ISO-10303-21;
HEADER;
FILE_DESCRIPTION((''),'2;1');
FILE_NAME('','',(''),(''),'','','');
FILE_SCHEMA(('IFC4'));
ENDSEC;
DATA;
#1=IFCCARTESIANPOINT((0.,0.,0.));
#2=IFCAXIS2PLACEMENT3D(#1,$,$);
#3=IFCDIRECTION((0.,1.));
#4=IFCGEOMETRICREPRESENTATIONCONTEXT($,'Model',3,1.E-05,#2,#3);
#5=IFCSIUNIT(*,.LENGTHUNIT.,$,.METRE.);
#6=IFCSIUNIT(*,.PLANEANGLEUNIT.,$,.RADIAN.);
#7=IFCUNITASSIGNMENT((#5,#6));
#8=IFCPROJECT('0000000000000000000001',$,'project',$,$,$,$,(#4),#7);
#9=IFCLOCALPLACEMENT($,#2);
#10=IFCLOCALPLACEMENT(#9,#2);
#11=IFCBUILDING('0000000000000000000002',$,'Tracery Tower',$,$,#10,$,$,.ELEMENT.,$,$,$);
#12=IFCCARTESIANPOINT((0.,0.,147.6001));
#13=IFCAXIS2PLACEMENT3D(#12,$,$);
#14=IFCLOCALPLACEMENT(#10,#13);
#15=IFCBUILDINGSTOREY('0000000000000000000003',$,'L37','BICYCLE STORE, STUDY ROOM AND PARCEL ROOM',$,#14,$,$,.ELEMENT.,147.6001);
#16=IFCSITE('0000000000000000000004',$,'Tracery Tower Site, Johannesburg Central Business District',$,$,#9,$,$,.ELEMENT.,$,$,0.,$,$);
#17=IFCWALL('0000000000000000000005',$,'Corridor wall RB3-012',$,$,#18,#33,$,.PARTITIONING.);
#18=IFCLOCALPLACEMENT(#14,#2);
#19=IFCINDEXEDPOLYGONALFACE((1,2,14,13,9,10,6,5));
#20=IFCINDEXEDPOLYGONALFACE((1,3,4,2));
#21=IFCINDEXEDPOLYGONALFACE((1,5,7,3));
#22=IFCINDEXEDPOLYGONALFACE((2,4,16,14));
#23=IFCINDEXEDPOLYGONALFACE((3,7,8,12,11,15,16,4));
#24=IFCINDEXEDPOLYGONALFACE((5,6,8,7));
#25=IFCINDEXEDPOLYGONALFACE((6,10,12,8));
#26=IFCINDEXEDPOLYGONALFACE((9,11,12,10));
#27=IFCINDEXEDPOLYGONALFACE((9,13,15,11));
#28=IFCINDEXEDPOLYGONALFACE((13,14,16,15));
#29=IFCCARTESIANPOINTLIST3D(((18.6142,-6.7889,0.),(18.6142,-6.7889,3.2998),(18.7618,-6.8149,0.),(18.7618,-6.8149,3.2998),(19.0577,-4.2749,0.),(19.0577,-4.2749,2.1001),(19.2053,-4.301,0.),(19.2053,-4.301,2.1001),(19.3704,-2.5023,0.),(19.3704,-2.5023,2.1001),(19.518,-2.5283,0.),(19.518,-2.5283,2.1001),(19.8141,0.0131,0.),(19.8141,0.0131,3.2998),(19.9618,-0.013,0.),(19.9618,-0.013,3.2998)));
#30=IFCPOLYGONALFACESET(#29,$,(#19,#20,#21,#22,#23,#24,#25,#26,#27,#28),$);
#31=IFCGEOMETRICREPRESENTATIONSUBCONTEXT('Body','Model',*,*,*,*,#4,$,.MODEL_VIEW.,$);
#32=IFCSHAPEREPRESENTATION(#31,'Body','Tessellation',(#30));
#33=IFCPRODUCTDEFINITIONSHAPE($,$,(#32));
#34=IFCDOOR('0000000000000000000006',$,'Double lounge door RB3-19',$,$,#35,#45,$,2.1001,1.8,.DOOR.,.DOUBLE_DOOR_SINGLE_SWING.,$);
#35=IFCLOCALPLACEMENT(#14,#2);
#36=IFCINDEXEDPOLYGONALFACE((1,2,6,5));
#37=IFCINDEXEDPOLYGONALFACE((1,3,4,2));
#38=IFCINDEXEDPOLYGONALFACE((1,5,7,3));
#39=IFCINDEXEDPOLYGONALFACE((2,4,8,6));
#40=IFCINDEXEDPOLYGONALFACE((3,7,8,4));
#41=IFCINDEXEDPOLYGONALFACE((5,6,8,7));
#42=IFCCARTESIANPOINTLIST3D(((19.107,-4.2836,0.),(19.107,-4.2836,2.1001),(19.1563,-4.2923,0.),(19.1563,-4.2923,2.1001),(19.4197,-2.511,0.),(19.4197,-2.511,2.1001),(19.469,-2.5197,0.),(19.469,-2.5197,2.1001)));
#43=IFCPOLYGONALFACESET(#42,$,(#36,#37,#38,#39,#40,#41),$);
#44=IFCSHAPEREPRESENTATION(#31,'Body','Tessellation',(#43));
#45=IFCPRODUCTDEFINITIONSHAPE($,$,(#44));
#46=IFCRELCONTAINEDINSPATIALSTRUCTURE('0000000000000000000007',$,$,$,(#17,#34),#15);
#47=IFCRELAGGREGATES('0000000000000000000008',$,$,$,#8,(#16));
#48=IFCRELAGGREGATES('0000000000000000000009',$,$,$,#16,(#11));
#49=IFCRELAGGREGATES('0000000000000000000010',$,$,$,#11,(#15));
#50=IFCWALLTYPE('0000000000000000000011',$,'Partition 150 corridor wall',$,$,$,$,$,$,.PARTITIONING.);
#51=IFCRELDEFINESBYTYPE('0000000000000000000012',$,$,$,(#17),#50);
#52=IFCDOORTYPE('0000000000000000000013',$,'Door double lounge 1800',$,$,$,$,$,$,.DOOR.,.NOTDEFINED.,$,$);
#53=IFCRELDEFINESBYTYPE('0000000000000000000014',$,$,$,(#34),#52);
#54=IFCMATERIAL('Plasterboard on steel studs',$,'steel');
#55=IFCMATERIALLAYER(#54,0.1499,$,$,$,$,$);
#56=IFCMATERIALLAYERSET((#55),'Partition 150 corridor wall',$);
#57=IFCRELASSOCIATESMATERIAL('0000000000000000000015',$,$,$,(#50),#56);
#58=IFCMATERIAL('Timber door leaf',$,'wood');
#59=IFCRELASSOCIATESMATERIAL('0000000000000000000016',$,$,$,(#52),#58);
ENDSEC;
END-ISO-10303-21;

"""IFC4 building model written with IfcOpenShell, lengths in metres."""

from ifc_helpers import new_model, si_unit, direction, frame, frame_2d, origin, place, context, subcontext, project, spatial, rectangle, extrude, material, layer, layer_set, type_object, element, fill, save


model = new_model("IFC4")

# Units and contexts
model_context = context("Model", 3, precision=1e-05, world=origin(), true_north=direction((0.0, 1.0)))
body_context = subcontext(model_context, "Body", "Model", "MODEL_VIEW")
ifc_project = project(units=[si_unit("LENGTHUNIT", "METRE"), si_unit("PLANEANGLEUNIT", "RADIAN")], contexts=[model_context])

# Site, building, storey
site_placement = place(None, origin())
site = spatial("IfcSite", under=ifc_project, at=site_placement, Name="Tracery Tower Site, Johannesburg Central Business District", CompositionType="ELEMENT", RefElevation=0.0)
building_placement = place(site_placement, origin())
building = spatial("IfcBuilding", under=site, at=building_placement, Name="Tracery Tower", CompositionType="ELEMENT")
storey_placement = place(building_placement, frame((0.0, 0.0, 147.6001)))
storey = spatial("IfcBuildingStorey", under=building, at=storey_placement, Name="L37", Description="BICYCLE STORE, STUDY ROOM AND PARCEL ROOM", CompositionType="ELEMENT", Elevation=147.6001)

# Shared definitions
ifc_material_1 = material(Name="Plasterboard on steel studs", Category="steel")
ifc_layer_1 = layer(ifc_material_1, 0.1499)
ifc_layer_set_1 = layer_set([ifc_layer_1], Name="Partition 150 corridor wall")
wall_type_1 = type_object("IfcWallType", Name="Partition 150 corridor wall", PredefinedType="PARTITIONING", material=ifc_layer_set_1)

# Wall, opening, door
wall_1_placement = place(storey_placement, frame((18.688, -6.802, 0.0), z_axis=(0.0, 0.0, 1.0), x_axis=(0.173729, 0.984794, 0.0)))
wall_1 = element("IfcWall", 1, at=wall_1_placement, inside=storey, type_object=wall_type_1, Name="Corridor wall RB3-012", PredefinedType="PARTITIONING", context=body_context, shape_type="SweptSolid", body=[
    extrude(rectangle(XDim=6.907, YDim=0.1499, at=frame_2d((3.4536, 0.0))), origin(), (0.0, 0.0, 1.0), 3.2998),
])
opening_1_placement = place(wall_1_placement, frame((2.553, 0.0, 0.0)))
opening_1 = element("IfcOpeningElement", 2, at=opening_1_placement, cuts=wall_1, PredefinedType="OPENING", context=body_context, shape_type="SweptSolid", body=[
    extrude(rectangle(XDim=1.8, YDim=2.1001, at=frame_2d((0.8999, 1.05))), frame((0.0, 0.075, 0.0), z_axis=(0.0, -1.0, 0.0), x_axis=(1.0, 0.0, 0.0)), (0.0, 0.0, 1.0), 0.1499),
])
ifc_material_2 = material(Name="Timber door leaf", Category="wood")
door_type_1 = type_object("IfcDoorType", Name="Door double lounge 1800", OperationType="NOTDEFINED", PredefinedType="DOOR", material=ifc_material_2)
door_1_placement = place(opening_1_placement, origin())
door_1 = element("IfcDoor", 3, at=door_1_placement, inside=storey, type_object=door_type_1, Name="Double lounge door RB3-19", OperationType="DOUBLE_DOOR_SINGLE_SWING", OverallHeight=2.1001, OverallWidth=1.8, PredefinedType="DOOR", context=body_context, shape_type="SweptSolid", body=[
    extrude(rectangle(XDim=1.8, YDim=2.1001, at=frame_2d((0.8999, 1.05))), frame((0.0, 0.0249, 0.0), z_axis=(0.0, -1.0, 0.0), x_axis=(1.0, 0.0, 0.0)), (0.0, 0.0, 1.0), 0.05),
])
fill(opening_1, door_1)

save(model, "model.ifc")
